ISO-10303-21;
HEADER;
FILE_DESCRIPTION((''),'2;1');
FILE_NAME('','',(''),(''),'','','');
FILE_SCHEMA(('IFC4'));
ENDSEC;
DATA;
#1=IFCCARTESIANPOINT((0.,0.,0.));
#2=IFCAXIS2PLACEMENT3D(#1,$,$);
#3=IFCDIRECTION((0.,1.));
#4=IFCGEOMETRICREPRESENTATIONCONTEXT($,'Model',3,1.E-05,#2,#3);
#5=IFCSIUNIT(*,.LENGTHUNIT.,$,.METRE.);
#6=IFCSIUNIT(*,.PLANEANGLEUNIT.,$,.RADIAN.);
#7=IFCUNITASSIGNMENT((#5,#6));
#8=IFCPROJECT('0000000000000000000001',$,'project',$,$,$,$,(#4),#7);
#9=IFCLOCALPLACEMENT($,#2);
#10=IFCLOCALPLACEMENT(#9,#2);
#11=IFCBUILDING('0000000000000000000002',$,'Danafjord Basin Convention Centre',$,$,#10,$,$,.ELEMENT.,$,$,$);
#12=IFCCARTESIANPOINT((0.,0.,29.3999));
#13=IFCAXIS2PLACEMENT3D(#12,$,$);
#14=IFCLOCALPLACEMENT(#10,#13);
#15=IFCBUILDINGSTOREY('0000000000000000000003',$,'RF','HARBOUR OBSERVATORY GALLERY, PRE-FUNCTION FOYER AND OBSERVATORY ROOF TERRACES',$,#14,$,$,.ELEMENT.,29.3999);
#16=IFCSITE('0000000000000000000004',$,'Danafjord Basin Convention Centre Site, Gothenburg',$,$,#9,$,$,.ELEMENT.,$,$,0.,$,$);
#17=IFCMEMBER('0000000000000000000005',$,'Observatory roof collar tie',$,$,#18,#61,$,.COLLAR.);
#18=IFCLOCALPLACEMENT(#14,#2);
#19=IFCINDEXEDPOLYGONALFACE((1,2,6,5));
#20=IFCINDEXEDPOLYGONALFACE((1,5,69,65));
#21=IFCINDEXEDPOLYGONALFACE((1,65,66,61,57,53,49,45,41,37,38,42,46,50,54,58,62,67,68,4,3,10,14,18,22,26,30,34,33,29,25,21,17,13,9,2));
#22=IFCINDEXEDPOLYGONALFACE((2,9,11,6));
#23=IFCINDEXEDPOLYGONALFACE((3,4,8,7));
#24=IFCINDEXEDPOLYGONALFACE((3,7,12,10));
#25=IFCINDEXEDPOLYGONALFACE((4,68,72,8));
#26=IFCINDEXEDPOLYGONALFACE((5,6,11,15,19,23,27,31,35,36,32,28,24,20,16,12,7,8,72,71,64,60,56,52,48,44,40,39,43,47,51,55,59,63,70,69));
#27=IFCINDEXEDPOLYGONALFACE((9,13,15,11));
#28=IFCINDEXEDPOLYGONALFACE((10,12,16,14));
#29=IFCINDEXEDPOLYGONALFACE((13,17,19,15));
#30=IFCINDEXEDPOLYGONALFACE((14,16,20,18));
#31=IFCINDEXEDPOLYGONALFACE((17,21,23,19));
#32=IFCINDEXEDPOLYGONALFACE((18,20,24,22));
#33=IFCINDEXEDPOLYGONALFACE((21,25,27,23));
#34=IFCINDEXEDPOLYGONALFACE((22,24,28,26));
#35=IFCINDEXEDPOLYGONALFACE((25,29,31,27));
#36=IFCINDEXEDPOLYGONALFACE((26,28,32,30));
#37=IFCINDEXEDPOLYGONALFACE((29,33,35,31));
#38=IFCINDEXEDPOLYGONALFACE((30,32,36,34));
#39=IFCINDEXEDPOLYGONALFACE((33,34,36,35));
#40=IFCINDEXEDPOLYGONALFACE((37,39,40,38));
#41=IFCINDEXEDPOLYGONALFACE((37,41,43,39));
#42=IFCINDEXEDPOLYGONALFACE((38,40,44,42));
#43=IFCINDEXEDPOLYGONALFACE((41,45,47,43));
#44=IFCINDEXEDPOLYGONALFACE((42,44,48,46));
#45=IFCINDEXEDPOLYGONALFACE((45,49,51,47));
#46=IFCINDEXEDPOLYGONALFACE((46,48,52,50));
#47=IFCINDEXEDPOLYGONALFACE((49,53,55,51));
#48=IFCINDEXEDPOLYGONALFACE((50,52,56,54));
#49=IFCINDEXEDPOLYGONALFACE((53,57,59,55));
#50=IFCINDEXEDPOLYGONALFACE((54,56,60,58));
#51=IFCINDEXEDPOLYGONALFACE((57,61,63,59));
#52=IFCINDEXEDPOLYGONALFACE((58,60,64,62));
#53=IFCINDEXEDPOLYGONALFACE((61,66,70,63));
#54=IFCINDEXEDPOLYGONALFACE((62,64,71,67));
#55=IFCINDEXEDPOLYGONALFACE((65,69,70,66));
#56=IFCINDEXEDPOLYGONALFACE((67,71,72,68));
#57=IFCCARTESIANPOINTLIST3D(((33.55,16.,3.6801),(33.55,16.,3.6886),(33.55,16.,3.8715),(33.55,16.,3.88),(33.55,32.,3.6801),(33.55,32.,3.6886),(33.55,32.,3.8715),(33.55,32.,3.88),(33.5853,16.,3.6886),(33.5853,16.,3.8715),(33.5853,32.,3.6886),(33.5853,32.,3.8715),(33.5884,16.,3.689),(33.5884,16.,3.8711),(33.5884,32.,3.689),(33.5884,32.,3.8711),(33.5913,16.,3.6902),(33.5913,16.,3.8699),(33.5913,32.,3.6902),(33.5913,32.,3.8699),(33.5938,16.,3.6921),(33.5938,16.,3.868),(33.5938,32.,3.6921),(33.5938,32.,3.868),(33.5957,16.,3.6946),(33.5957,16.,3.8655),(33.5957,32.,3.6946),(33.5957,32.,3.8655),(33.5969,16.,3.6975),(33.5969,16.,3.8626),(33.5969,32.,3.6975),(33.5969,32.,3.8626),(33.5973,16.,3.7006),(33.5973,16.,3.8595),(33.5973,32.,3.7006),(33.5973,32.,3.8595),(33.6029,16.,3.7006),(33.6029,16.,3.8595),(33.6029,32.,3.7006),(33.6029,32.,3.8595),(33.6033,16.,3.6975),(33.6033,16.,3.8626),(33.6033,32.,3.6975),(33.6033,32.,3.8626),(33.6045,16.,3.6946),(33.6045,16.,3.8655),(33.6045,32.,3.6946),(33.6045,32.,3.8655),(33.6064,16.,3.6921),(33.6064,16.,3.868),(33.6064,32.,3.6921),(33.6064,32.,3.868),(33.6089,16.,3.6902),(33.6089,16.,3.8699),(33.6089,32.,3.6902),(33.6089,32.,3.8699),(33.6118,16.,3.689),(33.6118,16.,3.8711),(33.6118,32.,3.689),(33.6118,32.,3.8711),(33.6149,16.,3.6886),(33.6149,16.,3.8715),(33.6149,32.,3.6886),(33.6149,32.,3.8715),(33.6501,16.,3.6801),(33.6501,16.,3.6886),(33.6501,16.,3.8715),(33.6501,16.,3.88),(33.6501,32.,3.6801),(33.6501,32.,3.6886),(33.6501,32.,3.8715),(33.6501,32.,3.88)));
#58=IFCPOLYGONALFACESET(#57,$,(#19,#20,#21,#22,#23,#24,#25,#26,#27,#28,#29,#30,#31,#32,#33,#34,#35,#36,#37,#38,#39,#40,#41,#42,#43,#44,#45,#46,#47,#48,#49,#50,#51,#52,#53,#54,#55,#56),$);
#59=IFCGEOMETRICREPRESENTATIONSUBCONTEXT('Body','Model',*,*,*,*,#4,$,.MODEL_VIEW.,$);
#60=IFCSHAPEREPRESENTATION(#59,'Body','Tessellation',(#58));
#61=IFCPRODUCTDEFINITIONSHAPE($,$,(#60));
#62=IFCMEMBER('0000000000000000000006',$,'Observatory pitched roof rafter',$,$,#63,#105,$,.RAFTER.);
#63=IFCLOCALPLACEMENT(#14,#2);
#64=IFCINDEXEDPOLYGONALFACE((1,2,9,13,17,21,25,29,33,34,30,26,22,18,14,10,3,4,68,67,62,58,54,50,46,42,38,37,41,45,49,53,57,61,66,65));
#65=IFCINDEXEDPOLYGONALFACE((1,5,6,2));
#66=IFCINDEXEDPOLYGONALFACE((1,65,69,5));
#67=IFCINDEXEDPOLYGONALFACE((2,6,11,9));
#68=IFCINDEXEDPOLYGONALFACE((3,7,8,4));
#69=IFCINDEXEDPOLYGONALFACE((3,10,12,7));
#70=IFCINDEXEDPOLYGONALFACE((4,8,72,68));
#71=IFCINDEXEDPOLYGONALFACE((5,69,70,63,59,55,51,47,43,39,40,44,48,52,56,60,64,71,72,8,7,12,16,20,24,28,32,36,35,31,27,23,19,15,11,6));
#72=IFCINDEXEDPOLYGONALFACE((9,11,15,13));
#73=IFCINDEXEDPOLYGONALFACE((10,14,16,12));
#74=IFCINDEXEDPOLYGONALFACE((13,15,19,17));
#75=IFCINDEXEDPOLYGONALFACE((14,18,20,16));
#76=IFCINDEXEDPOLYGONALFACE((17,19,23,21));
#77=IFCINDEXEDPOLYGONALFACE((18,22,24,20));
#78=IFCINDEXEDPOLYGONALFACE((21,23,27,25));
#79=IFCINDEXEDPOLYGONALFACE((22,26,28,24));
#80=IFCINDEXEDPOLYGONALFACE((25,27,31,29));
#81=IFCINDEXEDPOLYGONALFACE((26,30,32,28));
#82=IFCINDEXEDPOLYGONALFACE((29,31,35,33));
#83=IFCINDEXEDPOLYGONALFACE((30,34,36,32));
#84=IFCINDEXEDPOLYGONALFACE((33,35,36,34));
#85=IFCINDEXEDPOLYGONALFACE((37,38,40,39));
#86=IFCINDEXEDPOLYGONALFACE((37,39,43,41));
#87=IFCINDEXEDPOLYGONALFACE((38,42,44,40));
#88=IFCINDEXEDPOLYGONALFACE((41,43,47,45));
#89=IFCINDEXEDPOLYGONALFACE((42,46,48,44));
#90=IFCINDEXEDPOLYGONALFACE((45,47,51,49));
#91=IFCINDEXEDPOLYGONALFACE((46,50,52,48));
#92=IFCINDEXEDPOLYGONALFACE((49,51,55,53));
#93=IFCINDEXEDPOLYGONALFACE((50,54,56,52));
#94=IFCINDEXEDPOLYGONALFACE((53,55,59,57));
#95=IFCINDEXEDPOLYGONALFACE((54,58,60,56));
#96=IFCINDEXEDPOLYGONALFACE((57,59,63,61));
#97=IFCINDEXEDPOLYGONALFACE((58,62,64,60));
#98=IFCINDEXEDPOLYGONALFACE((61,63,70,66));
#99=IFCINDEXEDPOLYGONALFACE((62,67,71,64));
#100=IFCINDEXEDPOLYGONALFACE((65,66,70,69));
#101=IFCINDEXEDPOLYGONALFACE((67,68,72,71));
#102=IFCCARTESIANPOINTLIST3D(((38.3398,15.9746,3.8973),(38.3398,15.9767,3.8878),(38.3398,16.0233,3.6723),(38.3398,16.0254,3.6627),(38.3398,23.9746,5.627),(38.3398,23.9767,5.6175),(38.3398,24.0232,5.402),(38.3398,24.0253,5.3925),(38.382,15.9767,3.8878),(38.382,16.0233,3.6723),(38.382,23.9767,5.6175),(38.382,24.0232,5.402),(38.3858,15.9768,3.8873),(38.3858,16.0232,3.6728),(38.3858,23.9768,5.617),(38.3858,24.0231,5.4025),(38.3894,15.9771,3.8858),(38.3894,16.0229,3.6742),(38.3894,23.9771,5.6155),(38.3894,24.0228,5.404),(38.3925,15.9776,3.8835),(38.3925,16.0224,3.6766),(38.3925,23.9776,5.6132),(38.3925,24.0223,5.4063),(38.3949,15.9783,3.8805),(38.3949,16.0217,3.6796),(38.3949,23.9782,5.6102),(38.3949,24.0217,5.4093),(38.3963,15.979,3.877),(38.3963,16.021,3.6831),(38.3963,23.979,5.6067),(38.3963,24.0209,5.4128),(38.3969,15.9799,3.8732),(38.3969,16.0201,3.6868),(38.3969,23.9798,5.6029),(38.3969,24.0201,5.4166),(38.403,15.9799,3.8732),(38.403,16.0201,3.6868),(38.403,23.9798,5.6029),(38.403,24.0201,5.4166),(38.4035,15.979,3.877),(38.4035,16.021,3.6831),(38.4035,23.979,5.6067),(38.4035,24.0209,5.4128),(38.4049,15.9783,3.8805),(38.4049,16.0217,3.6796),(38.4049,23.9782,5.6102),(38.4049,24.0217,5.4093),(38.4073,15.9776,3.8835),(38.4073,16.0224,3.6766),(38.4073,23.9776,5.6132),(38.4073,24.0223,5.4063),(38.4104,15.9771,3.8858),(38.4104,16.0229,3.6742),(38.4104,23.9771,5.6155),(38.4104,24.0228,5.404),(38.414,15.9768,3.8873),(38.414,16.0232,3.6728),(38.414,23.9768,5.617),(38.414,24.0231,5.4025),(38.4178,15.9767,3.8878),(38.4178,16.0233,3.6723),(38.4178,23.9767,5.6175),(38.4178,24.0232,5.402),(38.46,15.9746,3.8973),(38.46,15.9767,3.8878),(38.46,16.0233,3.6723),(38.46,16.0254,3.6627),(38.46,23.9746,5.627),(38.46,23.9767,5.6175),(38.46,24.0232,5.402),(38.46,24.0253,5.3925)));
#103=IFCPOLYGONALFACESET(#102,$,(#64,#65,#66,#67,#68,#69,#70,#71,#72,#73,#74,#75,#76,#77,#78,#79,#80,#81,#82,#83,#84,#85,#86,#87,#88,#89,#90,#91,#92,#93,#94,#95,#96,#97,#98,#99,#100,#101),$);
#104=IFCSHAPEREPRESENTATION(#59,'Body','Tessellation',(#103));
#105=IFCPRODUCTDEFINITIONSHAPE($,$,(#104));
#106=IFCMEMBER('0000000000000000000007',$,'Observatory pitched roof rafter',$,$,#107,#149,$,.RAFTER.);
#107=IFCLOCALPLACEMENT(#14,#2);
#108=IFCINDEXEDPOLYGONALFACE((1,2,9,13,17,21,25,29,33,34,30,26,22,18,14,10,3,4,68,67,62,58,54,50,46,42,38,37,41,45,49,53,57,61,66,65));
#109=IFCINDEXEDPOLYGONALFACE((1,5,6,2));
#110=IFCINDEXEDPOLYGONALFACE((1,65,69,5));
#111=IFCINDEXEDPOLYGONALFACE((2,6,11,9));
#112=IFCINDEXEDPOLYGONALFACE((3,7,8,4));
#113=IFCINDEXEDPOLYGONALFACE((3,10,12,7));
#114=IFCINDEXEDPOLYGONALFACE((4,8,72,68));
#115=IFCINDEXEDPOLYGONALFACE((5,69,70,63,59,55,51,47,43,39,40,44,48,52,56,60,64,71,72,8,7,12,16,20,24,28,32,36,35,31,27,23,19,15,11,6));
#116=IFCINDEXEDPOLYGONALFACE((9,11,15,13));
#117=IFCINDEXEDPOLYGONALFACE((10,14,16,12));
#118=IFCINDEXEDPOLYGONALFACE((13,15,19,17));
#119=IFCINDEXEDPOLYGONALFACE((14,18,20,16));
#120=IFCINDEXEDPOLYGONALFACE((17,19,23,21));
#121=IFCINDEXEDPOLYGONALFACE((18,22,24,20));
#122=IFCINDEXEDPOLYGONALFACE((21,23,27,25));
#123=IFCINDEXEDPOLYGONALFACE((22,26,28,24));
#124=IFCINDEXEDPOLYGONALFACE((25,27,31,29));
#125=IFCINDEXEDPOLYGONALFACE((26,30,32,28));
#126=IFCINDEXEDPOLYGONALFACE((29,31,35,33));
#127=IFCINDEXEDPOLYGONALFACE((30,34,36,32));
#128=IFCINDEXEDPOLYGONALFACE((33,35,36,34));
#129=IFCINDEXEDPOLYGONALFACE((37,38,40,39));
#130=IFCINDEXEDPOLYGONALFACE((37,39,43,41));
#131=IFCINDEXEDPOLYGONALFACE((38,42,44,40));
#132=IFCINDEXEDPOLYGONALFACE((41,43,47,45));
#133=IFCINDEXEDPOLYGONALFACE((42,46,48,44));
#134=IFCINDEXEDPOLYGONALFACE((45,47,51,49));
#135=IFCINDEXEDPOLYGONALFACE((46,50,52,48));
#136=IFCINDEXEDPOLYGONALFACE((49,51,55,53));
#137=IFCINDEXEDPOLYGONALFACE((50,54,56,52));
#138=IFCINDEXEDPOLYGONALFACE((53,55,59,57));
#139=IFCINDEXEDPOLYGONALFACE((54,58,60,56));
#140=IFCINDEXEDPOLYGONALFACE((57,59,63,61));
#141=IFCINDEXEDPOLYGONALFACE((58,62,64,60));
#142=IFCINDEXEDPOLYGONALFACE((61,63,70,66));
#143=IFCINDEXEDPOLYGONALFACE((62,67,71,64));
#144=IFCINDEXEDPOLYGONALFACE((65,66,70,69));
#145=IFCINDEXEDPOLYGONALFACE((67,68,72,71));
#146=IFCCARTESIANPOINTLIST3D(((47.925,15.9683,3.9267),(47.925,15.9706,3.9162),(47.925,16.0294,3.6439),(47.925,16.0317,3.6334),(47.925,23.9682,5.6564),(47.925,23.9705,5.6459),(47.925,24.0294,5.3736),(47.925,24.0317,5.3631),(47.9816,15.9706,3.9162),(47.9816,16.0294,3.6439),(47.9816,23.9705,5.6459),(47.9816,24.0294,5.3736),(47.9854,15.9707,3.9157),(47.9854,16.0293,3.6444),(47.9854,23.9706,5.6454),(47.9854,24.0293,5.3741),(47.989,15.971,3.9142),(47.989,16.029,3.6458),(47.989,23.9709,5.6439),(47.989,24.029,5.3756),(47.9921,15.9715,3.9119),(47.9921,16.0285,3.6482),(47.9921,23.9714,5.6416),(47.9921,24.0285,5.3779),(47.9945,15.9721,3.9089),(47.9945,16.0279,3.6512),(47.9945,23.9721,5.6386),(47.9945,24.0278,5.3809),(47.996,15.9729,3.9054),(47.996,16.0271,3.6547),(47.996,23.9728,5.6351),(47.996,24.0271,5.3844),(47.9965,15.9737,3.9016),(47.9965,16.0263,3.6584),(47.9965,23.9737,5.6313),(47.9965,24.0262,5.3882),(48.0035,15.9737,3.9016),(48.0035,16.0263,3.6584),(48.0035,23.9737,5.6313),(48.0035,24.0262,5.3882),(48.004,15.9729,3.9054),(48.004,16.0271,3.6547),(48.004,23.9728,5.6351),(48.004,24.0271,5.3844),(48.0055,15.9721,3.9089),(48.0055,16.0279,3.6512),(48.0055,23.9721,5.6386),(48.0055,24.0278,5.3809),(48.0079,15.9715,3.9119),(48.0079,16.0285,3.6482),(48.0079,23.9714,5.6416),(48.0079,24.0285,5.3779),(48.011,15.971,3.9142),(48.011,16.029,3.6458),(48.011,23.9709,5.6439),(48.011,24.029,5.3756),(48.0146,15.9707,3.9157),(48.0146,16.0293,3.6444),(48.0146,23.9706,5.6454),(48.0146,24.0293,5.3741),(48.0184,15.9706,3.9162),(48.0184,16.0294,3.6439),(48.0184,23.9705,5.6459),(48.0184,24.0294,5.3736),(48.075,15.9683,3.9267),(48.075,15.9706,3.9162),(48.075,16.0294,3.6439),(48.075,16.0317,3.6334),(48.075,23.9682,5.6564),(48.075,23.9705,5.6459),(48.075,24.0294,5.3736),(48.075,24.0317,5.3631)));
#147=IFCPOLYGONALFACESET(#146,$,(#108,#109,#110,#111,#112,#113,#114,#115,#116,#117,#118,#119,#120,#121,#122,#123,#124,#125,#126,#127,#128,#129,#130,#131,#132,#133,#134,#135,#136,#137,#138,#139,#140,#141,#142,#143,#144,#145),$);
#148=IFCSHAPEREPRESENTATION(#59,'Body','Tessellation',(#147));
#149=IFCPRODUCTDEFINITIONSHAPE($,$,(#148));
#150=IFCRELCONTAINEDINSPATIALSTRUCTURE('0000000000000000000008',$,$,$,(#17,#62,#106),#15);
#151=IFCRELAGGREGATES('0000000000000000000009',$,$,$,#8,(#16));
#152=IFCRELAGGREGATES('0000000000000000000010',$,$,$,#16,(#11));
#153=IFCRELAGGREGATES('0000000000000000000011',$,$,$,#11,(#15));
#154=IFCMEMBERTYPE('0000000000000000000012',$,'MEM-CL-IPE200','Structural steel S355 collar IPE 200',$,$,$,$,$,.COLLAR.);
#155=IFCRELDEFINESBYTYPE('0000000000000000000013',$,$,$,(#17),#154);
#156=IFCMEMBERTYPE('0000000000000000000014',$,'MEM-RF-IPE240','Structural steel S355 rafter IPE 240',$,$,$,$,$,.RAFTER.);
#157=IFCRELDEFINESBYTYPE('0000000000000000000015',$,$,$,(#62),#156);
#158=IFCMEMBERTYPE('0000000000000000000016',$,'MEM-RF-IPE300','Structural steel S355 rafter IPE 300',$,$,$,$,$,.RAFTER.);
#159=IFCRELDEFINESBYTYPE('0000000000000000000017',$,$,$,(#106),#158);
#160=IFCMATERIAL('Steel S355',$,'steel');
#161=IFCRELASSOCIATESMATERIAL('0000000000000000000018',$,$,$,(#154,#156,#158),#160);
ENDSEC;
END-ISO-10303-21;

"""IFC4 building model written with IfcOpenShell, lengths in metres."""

from ifc_helpers import new_model, si_unit, direction, frame, origin, origin_2d, place, context, subcontext, project, spatial, i_section, extrude, material, material_profile, profile_set, type_object, element, save


model = new_model("IFC4")

# Units and contexts
model_context = context("Model", 3, precision=1e-05, world=origin(), true_north=direction((0.0, 1.0)))
body_context = subcontext(model_context, "Body", "Model", "MODEL_VIEW")
ifc_project = project(units=[si_unit("LENGTHUNIT", "METRE"), si_unit("PLANEANGLEUNIT", "RADIAN")], contexts=[model_context])

# Site, building, storey
site_placement = place(None, origin())
site = spatial("IfcSite", under=ifc_project, at=site_placement, Name="Danafjord Basin Convention Centre Site, Gothenburg", CompositionType="ELEMENT", RefElevation=0.0)
building_placement = place(site_placement, origin())
building = spatial("IfcBuilding", under=site, at=building_placement, Name="Danafjord Basin Convention Centre", CompositionType="ELEMENT")
storey_placement = place(building_placement, frame((0.0, 0.0, 29.3999)))
storey = spatial("IfcBuildingStorey", under=building, at=storey_placement, Name="RF", Description="HARBOUR OBSERVATORY GALLERY, PRE-FUNCTION FOYER AND OBSERVATORY ROOF TERRACES", CompositionType="ELEMENT", Elevation=29.3999)

# Shared definitions
ifc_material_1 = material(Name="Steel S355", Category="steel")

# Members
ifc_material_profile_1 = material_profile(ifc_material_1, i_section(OverallWidth=0.1001, OverallDepth=0.2, WebThickness=0.0056, FlangeThickness=0.0085, FilletRadius=0.012, at=origin_2d()), Name="IPE 200")
ifc_profile_set_1 = profile_set([ifc_material_profile_1], Name="Steel S355")
member_type_1 = type_object("IfcMemberType", Name="MEM-CL-IPE200", Description="Structural steel S355 collar IPE 200", PredefinedType="COLLAR", material=ifc_profile_set_1)
member_1_placement = place(storey_placement, frame((33.6001, 16.0, 3.78), z_axis=(0.0, 1.0, 0.0), x_axis=(-1.0, 0.0, 0.0)))
element("IfcMember", 1, at=member_1_placement, inside=storey, type_object=member_type_1, Name="Observatory roof collar tie", PredefinedType="COLLAR", context=body_context, shape_type="SweptSolid", body=[
    extrude(i_section(OverallWidth=0.1001, OverallDepth=0.2, WebThickness=0.0056, FlangeThickness=0.0085, FilletRadius=0.012, at=origin_2d()), origin(), (0.0, 0.0, 1.0), 16.0),
])
ifc_material_profile_2 = material_profile(ifc_material_1, i_section(OverallWidth=0.1201, OverallDepth=0.24, WebThickness=0.0061, FlangeThickness=0.0098, FilletRadius=0.0149, at=origin_2d()), Name="IPE 240")
ifc_profile_set_2 = profile_set([ifc_material_profile_2], Name="Steel S355")
member_type_2 = type_object("IfcMemberType", Name="MEM-RF-IPE240", Description="Structural steel S355 rafter IPE 240", PredefinedType="RAFTER", material=ifc_profile_set_2)
member_2_placement = place(storey_placement, frame((38.3999, 16.0, 3.78), z_axis=(0.0, 0.977414, 0.211334), x_axis=(-1.0, 0.0, 0.0)))
element("IfcMember", 2, at=member_2_placement, inside=storey, type_object=member_type_2, Name="Observatory pitched roof rafter", PredefinedType="RAFTER", context=body_context, shape_type="SweptSolid", body=[
    extrude(i_section(OverallWidth=0.1201, OverallDepth=0.24, WebThickness=0.0061, FlangeThickness=0.0098, FilletRadius=0.0149, at=origin_2d()), origin(), (0.0, 0.0, 1.0), 8.1848),
])
ifc_material_profile_3 = material_profile(ifc_material_1, i_section(OverallWidth=0.1499, OverallDepth=0.3, WebThickness=0.0071, FlangeThickness=0.0107, FilletRadius=0.0149, at=origin_2d()), Name="IPE 300")
ifc_profile_set_3 = profile_set([ifc_material_profile_3], Name="Steel S355")
member_type_3 = type_object("IfcMemberType", Name="MEM-RF-IPE300", Description="Structural steel S355 rafter IPE 300", PredefinedType="RAFTER", material=ifc_profile_set_3)
member_3_placement = place(storey_placement, frame((48.0, 16.0, 3.78), z_axis=(0.0, 0.977414, 0.211334), x_axis=(-1.0, 0.0, 0.0)))
element("IfcMember", 3, at=member_3_placement, inside=storey, type_object=member_type_3, Name="Observatory pitched roof rafter", PredefinedType="RAFTER", context=body_context, shape_type="SweptSolid", body=[
    extrude(i_section(OverallWidth=0.1499, OverallDepth=0.3, WebThickness=0.0071, FlangeThickness=0.0107, FilletRadius=0.0149, at=origin_2d()), origin(), (0.0, 0.0, 1.0), 8.1848),
])

save(model, "model.ifc")
